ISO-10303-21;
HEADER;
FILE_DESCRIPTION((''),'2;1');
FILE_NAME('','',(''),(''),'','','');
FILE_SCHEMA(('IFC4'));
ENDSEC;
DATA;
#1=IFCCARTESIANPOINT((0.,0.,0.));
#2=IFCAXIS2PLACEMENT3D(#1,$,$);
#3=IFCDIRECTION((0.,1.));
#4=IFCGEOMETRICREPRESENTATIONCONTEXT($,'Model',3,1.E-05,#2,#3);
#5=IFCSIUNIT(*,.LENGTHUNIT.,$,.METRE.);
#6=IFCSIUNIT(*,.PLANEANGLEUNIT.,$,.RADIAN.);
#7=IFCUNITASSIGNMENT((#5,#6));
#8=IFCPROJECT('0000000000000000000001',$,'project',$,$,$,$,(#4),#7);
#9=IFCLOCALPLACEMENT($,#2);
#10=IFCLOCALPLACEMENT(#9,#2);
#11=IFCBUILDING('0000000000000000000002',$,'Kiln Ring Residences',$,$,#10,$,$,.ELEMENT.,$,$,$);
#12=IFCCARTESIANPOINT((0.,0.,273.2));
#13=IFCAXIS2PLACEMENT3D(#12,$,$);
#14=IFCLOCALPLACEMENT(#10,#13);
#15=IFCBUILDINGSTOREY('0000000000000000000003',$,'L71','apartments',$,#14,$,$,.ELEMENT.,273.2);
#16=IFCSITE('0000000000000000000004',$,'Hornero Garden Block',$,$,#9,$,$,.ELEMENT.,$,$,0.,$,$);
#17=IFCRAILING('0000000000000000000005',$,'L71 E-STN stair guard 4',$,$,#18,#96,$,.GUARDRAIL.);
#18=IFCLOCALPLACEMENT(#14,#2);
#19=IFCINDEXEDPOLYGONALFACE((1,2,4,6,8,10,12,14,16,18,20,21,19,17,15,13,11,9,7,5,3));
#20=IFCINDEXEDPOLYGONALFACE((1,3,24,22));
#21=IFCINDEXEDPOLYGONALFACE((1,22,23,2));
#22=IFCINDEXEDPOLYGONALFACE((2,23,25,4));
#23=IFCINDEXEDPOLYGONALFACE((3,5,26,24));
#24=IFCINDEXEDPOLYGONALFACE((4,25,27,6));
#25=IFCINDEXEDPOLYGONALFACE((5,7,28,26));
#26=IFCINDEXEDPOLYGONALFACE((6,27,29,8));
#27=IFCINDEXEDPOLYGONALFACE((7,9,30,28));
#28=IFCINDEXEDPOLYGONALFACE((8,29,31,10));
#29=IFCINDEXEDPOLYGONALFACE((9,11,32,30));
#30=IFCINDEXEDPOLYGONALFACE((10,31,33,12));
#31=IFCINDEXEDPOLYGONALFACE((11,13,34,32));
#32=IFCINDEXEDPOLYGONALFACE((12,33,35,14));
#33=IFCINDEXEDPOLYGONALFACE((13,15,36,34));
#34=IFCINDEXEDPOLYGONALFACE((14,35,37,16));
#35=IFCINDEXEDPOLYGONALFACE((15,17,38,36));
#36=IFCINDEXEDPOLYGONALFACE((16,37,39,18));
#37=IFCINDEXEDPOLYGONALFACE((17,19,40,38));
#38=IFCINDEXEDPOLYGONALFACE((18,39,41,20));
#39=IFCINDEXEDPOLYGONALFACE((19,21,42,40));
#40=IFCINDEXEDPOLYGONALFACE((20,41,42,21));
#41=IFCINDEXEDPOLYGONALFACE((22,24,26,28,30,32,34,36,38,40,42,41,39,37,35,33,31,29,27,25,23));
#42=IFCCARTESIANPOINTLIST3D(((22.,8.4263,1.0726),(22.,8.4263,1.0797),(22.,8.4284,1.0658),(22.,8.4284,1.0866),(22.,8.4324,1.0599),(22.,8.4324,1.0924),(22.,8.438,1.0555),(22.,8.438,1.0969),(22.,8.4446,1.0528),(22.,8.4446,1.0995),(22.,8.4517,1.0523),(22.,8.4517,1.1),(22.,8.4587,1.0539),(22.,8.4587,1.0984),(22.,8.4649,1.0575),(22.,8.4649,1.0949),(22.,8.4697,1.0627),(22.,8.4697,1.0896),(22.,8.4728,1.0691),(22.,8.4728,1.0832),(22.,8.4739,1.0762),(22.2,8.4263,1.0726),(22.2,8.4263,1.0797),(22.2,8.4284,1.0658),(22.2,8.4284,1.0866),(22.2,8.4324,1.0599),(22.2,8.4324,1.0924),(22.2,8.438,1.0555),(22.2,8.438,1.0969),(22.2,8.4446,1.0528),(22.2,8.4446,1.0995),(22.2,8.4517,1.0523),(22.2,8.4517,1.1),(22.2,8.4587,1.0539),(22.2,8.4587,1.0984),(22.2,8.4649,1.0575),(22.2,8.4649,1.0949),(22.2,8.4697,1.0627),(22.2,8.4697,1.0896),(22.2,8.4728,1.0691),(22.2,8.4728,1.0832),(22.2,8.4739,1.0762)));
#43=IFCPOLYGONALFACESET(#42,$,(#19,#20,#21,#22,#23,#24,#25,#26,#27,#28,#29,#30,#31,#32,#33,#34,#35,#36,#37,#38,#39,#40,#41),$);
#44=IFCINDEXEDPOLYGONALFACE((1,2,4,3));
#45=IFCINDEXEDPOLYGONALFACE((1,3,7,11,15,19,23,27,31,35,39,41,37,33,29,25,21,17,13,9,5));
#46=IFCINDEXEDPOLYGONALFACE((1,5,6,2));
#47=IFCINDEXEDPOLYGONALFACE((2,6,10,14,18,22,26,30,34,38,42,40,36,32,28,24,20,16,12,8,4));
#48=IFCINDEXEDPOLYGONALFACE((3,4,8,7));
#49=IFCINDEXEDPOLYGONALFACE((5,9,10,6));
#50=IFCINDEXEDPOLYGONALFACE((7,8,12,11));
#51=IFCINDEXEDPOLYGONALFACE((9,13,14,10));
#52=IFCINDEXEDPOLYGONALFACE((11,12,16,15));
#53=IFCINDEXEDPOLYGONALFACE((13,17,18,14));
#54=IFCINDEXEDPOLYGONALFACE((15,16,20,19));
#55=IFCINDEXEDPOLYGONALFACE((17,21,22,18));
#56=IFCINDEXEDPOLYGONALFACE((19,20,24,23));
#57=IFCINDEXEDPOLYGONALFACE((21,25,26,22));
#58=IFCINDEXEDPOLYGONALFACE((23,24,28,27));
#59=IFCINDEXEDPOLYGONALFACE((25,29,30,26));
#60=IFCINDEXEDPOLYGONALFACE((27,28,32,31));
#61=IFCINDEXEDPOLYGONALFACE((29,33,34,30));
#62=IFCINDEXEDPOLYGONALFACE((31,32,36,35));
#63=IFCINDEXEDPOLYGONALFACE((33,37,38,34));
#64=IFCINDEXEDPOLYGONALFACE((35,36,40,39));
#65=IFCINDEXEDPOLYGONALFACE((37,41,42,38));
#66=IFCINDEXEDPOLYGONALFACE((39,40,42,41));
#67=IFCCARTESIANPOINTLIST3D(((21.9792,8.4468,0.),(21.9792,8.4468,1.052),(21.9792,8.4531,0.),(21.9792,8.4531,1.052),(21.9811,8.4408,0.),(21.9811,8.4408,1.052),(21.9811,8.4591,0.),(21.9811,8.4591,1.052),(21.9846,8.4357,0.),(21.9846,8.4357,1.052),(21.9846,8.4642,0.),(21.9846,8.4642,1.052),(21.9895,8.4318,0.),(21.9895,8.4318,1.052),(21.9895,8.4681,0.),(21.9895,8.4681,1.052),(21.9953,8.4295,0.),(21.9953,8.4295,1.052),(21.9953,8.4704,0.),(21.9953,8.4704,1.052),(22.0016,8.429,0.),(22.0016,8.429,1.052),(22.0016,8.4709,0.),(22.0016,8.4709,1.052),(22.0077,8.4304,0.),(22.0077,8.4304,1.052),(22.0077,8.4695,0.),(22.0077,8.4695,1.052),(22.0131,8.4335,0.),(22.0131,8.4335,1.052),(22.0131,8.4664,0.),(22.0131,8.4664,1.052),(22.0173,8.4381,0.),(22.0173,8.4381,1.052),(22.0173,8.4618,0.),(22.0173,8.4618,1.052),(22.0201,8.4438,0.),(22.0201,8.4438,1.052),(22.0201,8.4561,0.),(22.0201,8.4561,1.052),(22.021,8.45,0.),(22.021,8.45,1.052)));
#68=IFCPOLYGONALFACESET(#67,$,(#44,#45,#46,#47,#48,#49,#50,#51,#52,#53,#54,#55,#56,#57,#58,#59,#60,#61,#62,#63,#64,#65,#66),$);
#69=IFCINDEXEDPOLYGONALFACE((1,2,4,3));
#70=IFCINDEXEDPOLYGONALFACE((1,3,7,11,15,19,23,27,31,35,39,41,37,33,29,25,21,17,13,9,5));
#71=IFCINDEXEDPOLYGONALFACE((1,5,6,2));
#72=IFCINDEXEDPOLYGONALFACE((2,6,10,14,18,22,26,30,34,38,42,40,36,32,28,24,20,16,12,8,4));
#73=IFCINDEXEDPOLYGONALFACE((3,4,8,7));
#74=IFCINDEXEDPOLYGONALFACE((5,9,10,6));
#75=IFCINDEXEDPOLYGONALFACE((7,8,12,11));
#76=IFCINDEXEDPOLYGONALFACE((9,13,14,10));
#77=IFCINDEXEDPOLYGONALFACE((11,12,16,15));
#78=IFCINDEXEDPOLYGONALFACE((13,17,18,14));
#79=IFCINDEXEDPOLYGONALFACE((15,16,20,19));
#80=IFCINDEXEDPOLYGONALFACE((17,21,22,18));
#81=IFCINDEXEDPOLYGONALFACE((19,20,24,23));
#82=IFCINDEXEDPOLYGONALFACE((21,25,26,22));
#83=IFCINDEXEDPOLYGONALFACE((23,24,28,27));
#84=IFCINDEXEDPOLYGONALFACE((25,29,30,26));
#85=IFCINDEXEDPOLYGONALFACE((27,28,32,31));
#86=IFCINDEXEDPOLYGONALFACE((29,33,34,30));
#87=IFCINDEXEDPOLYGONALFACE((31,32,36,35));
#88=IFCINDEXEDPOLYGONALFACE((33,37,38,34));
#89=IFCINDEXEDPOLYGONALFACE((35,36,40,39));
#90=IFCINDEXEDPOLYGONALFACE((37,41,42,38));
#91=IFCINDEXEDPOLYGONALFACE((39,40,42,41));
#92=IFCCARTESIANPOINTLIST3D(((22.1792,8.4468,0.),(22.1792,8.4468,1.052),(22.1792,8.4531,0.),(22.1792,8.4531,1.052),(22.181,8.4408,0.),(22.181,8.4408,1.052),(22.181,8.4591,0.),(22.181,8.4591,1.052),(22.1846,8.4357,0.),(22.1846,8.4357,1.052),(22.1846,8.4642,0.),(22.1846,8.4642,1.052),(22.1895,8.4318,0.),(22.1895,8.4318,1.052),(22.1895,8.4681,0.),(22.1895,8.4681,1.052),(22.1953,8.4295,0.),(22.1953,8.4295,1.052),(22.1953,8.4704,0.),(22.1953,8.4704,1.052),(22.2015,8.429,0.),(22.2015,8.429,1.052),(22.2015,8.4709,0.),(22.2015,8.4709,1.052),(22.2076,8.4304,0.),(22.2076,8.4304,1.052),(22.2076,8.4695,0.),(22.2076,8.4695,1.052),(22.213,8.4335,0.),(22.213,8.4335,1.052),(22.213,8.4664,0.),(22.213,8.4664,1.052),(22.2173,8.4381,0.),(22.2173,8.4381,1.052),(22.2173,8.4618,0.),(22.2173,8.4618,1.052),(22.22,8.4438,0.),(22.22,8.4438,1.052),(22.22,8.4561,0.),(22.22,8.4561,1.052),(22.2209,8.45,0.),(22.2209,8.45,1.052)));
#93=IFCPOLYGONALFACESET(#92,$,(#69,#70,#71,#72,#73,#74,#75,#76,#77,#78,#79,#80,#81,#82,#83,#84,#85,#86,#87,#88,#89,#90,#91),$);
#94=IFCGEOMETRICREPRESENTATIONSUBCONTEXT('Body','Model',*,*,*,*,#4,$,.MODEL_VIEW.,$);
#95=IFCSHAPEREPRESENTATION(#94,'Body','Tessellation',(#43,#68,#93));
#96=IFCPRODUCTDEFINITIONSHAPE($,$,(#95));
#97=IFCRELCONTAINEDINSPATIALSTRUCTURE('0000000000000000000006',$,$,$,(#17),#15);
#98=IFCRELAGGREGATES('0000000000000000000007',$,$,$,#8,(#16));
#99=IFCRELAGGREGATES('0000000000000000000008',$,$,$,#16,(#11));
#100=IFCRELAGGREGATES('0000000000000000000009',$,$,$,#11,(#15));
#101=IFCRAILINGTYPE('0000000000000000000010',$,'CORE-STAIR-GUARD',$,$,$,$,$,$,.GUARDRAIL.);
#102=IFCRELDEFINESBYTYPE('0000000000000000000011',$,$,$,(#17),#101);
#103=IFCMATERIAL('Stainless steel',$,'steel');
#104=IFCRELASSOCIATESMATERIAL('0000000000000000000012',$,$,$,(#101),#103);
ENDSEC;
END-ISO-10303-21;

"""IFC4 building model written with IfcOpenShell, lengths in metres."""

from ifc_helpers import new_model, si_unit, direction, frame, origin, origin_2d, place, context, subcontext, project, spatial, circle, extrude, material, type_object, element, save


model = new_model("IFC4")

# Units and contexts
model_context = context("Model", 3, precision=1e-05, world=origin(), true_north=direction((0.0, 1.0)))
body_context = subcontext(model_context, "Body", "Model", "MODEL_VIEW")
ifc_project = project(units=[si_unit("LENGTHUNIT", "METRE"), si_unit("PLANEANGLEUNIT", "RADIAN")], contexts=[model_context])

# Site, building, storey
site_placement = place(None, origin())
site = spatial("IfcSite", under=ifc_project, at=site_placement, Name="Hornero Garden Block", CompositionType="ELEMENT", RefElevation=0.0)
building_placement = place(site_placement, origin())
building = spatial("IfcBuilding", under=site, at=building_placement, Name="Kiln Ring Residences", CompositionType="ELEMENT")
storey_placement = place(building_placement, frame((0.0, 0.0, 273.2)))
storey = spatial("IfcBuildingStorey", under=building, at=storey_placement, Name="L71", Description="apartments", CompositionType="ELEMENT", Elevation=273.2)

# Railing
ifc_material_1 = material(Name="Stainless steel", Category="steel")
railing_type_1 = type_object("IfcRailingType", Name="CORE-STAIR-GUARD", PredefinedType="GUARDRAIL", material=ifc_material_1)
railing_1_placement = place(storey_placement, frame((22.0, 8.45, 0.0)))
element("IfcRailing", 1, at=railing_1_placement, inside=storey, type_object=railing_type_1, Name="L71 E-STN stair guard 4", PredefinedType="GUARDRAIL", context=body_context, shape_type="SweptSolid", body=[
    extrude(circle(Radius=0.0239, at=origin_2d()), frame((0.0, 0.0, 1.0762), z_axis=(1.0, 0.0, 0.0), x_axis=(0.0, 1.0, 0.0)), (0.0, 0.0, 1.0), 0.2),
    extrude(circle(Radius=0.021, at=origin_2d()), origin(), (0.0, 0.0, 1.0), 1.052),
    extrude(circle(Radius=0.021, at=origin_2d()), frame((0.2, 0.0, 0.0)), (0.0, 0.0, 1.0), 1.052),
])

save(model, "model.ifc")
